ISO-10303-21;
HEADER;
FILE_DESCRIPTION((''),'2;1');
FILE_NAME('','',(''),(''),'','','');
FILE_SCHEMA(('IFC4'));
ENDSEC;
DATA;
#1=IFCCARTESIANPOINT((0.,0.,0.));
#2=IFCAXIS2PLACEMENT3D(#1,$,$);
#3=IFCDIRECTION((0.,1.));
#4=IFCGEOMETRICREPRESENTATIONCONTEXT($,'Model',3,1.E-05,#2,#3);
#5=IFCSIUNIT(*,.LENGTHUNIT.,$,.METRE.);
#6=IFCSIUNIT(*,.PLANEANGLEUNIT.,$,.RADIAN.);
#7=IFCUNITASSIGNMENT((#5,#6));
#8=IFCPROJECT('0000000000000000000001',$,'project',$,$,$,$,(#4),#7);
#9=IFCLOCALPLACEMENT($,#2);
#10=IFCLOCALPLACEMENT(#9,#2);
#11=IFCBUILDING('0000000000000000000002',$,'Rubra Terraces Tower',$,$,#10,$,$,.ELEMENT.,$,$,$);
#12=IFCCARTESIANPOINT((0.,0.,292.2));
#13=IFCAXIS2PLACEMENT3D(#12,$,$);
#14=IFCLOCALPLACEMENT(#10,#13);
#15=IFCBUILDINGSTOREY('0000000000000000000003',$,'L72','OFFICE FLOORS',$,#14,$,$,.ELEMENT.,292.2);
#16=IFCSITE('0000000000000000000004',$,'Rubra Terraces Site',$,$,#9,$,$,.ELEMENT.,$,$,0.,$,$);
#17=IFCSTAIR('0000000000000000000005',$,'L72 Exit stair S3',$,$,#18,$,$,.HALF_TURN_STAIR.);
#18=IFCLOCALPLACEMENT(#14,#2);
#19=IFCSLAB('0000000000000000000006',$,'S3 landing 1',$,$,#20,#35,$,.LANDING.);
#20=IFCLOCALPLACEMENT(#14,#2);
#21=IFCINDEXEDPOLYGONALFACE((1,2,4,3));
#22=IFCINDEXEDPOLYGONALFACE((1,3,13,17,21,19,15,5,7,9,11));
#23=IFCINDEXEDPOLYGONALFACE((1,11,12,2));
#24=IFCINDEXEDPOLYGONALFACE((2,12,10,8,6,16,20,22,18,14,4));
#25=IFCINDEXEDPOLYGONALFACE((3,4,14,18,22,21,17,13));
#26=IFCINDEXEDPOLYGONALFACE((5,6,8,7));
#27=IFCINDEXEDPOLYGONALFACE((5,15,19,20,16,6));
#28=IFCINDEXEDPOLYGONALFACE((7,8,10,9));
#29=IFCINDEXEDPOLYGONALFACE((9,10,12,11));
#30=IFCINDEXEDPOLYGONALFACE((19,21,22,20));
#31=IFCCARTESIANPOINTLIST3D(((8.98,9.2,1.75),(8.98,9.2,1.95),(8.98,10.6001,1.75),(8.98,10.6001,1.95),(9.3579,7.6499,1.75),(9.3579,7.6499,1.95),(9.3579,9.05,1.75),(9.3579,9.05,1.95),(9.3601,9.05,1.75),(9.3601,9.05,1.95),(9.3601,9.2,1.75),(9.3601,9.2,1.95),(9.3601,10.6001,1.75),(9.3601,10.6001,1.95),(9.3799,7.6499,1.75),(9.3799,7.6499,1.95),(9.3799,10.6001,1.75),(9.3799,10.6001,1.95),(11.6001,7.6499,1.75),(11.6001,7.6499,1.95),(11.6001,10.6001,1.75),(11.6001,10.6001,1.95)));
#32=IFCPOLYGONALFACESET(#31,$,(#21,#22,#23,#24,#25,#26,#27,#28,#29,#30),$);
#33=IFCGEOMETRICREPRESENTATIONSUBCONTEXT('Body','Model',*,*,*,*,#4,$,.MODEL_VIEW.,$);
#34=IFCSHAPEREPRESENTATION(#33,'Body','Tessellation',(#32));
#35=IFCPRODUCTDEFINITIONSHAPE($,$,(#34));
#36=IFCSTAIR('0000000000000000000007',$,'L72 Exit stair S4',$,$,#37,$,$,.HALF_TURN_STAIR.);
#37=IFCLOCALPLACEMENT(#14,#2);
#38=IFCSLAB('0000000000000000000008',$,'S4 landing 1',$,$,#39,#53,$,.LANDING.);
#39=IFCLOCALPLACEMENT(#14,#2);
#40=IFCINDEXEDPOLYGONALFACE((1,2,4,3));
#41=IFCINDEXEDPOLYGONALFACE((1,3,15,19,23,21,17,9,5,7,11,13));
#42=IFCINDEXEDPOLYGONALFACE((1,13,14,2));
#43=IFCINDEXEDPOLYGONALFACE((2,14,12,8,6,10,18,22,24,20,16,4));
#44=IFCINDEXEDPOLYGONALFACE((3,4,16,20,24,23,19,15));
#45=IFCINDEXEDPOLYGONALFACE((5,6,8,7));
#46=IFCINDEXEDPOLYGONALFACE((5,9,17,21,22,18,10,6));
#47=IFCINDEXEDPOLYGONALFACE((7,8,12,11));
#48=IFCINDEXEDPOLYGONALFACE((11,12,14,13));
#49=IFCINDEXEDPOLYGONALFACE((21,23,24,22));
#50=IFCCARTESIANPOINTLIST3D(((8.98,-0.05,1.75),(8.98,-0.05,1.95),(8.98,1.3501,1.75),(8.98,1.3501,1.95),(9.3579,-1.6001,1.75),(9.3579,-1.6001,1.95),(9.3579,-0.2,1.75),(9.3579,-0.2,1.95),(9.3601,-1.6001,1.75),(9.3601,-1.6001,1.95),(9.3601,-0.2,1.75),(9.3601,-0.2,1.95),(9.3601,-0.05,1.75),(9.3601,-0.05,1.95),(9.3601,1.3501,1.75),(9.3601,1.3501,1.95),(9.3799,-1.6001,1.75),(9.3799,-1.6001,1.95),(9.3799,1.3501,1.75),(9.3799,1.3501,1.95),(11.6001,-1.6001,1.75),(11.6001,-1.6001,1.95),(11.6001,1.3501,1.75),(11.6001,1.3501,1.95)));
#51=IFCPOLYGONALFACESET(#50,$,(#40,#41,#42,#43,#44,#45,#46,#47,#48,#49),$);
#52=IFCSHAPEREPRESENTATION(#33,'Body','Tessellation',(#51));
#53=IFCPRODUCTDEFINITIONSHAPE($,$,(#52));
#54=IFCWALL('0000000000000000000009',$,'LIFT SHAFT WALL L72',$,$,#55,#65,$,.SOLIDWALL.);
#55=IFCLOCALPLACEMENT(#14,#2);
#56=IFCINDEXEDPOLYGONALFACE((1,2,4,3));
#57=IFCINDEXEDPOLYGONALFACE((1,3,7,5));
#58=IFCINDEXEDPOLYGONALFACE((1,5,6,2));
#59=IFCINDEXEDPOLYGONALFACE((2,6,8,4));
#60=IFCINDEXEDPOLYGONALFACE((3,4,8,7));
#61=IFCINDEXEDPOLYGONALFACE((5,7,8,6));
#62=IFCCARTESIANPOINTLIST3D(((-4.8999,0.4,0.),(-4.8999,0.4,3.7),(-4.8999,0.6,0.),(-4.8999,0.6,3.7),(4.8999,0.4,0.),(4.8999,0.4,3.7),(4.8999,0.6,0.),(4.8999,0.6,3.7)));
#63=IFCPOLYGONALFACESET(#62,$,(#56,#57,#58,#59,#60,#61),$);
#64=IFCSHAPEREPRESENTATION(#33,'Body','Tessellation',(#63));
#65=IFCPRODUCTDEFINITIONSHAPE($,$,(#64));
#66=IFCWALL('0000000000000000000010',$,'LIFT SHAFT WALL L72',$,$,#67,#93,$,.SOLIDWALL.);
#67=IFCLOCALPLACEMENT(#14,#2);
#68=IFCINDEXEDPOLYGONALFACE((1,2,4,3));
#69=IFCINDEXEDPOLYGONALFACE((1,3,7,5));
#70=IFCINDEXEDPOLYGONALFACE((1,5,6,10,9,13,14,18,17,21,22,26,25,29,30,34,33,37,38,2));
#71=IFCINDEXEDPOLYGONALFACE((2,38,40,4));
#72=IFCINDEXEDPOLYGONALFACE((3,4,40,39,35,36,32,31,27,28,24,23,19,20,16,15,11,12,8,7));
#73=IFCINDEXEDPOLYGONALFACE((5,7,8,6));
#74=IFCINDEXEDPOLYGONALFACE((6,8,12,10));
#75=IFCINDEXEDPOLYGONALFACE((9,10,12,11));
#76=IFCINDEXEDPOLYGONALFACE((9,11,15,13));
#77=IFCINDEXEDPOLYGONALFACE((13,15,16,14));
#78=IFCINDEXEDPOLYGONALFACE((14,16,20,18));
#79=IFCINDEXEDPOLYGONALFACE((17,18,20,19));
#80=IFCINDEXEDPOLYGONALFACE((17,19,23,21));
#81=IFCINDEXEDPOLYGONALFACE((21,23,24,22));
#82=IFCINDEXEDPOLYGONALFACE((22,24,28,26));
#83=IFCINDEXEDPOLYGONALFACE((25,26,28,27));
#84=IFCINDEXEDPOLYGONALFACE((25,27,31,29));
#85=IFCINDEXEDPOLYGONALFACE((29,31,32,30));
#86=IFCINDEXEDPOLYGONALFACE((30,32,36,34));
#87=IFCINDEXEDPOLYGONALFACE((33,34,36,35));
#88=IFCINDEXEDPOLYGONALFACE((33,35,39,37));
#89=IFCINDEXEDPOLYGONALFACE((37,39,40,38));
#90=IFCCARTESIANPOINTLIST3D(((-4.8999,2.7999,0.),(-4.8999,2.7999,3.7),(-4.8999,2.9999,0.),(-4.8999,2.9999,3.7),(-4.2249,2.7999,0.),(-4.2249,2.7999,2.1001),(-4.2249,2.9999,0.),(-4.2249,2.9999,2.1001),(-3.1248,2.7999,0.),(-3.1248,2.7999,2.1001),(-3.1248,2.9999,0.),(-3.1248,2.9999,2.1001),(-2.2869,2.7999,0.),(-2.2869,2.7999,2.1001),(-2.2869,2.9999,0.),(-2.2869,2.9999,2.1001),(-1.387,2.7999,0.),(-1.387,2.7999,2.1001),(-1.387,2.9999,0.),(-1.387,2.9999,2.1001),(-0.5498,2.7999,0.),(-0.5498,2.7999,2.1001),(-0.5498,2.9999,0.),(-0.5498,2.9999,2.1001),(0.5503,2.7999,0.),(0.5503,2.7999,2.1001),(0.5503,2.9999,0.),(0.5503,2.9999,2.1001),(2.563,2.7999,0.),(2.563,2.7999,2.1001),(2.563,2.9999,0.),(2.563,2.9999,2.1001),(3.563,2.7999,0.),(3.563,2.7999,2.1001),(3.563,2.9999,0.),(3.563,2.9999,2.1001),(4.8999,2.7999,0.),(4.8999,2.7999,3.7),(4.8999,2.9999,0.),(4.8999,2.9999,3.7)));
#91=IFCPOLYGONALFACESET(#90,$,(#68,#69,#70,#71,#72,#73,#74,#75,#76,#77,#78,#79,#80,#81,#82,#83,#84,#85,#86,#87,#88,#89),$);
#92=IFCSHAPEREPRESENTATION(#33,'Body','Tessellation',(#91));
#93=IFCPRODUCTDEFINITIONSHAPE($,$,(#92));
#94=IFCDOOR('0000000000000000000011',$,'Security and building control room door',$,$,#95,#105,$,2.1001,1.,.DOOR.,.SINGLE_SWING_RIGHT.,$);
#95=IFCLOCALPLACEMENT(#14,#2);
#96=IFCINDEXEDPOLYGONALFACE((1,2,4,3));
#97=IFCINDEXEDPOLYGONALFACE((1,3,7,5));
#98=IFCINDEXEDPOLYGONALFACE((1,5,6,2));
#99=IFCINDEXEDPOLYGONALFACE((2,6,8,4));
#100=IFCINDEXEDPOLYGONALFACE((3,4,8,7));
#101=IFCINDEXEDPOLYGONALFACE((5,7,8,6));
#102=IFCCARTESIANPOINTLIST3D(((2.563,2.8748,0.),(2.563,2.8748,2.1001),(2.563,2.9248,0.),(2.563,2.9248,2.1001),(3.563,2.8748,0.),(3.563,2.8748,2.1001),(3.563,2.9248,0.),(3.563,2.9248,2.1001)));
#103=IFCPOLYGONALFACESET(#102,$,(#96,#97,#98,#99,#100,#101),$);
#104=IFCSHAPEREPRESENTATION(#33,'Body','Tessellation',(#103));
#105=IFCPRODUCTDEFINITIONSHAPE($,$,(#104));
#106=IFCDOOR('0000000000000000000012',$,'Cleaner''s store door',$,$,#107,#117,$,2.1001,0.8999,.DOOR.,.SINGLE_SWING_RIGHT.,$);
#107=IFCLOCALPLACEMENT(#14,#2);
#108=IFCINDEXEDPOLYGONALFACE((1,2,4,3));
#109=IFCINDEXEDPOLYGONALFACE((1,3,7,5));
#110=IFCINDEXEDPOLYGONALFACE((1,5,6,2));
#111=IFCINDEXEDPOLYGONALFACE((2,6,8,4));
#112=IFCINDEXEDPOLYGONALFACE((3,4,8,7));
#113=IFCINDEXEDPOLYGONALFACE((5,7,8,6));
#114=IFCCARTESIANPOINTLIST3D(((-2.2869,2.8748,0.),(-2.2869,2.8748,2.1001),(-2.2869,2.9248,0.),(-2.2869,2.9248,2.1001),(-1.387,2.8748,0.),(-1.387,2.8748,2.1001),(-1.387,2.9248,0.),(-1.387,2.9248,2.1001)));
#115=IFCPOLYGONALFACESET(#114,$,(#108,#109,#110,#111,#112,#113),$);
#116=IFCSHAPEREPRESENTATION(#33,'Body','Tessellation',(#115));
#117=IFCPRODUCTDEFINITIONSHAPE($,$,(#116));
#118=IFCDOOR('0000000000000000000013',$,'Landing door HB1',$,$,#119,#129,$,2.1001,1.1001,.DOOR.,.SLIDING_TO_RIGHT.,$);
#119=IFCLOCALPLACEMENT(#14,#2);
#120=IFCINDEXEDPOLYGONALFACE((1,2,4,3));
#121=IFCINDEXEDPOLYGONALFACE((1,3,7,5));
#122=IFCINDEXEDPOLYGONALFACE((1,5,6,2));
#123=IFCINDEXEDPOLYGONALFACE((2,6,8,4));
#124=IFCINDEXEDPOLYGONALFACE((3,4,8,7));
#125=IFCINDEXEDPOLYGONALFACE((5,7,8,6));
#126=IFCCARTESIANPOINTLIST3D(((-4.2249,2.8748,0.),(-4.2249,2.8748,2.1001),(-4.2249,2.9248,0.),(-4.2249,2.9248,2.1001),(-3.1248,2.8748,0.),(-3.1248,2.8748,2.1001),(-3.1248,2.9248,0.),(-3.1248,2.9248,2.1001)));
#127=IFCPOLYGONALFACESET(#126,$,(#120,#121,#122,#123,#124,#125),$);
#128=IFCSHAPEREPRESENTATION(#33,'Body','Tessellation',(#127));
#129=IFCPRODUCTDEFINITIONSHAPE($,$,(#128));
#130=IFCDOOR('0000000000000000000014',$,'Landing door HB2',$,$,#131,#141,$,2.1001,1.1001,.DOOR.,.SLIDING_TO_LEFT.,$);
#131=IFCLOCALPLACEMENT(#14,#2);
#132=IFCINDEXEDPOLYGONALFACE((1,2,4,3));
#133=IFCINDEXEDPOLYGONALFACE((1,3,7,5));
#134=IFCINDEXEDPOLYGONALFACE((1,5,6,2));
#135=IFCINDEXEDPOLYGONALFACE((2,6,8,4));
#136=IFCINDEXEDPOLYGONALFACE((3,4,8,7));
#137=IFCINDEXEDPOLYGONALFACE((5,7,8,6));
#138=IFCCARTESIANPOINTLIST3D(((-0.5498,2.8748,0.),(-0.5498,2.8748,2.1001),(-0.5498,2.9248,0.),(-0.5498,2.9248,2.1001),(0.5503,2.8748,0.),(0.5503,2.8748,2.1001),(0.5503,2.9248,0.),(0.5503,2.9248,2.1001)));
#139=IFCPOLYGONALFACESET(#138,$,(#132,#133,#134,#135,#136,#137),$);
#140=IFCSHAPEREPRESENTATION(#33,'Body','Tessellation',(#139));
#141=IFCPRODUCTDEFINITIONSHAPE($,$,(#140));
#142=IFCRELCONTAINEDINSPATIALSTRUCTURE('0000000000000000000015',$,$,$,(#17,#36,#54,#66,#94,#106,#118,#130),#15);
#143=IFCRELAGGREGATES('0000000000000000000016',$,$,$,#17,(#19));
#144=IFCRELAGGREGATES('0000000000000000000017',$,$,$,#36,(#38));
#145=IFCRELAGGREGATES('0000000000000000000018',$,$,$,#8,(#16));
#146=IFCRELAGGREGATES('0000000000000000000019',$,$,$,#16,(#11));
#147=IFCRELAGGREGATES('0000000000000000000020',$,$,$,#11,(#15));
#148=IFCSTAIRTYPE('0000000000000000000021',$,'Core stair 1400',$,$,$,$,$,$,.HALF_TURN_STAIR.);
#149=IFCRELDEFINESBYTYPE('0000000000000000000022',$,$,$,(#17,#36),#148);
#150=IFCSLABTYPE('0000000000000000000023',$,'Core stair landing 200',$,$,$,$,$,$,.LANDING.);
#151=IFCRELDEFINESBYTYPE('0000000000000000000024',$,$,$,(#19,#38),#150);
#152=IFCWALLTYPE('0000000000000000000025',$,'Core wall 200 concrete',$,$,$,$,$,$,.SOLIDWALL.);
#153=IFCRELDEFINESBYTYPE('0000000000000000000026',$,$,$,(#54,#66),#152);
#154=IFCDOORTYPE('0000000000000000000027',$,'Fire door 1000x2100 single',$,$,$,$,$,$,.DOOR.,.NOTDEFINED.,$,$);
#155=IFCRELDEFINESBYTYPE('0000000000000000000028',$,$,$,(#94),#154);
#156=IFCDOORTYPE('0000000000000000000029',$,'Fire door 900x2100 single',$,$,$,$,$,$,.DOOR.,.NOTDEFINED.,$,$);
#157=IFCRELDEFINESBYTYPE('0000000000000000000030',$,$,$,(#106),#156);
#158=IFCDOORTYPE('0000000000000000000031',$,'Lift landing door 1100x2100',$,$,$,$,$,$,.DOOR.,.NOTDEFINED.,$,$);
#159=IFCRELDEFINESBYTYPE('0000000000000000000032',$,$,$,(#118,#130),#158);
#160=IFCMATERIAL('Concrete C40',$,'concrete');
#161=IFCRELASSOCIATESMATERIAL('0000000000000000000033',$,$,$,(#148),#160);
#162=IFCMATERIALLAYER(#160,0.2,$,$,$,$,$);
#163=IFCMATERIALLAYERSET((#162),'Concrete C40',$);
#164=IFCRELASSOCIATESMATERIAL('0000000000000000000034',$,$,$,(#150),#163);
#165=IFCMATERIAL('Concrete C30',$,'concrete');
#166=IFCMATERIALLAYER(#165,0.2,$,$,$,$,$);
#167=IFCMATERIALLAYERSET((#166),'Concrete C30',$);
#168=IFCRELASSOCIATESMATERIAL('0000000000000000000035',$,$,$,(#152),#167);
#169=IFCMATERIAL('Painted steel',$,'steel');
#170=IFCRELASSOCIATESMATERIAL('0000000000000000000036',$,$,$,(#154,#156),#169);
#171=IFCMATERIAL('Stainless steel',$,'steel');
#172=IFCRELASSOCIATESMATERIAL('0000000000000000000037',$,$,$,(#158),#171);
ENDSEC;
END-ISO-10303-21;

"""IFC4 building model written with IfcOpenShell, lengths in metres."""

from ifc_helpers import new_model, si_unit, direction, frame, frame_2d, origin, place, context, subcontext, project, spatial, polyline, rectangle, outline, extrude, material, layer, layer_set, type_object, element, fill, aggregate, save


model = new_model("IFC4")

# Units and contexts
model_context = context("Model", 3, precision=1e-05, world=origin(), true_north=direction((0.0, 1.0)))
body_context = subcontext(model_context, "Body", "Model", "MODEL_VIEW")
ifc_project = project(units=[si_unit("LENGTHUNIT", "METRE"), si_unit("PLANEANGLEUNIT", "RADIAN")], contexts=[model_context])

# Site, building, storey
site_placement = place(None, origin())
site = spatial("IfcSite", under=ifc_project, at=site_placement, Name="Rubra Terraces Site", CompositionType="ELEMENT", RefElevation=0.0)
building_placement = place(site_placement, origin())
building = spatial("IfcBuilding", under=site, at=building_placement, Name="Rubra Terraces Tower", CompositionType="ELEMENT")
storey_placement = place(building_placement, frame((0.0, 0.0, 292.2)))
storey = spatial("IfcBuildingStorey", under=building, at=storey_placement, Name="L72", Description="OFFICE FLOORS", CompositionType="ELEMENT", Elevation=292.2)

# Stairs, slabs
ifc_material_1 = material(Name="Concrete C40", Category="concrete")
stair_type = type_object("IfcStairType", Name="Core stair 1400", PredefinedType="HALF_TURN_STAIR", material=ifc_material_1)
stair_1_placement = place(storey_placement, origin())
stair_1 = element("IfcStair", 1, at=stair_1_placement, inside=storey, type_object=stair_type, Name="L72 Exit stair S3", PredefinedType="HALF_TURN_STAIR")
ifc_layer_1 = layer(ifc_material_1, 0.2)
ifc_layer_set_1 = layer_set([ifc_layer_1], Name="Concrete C40")
slab_type = type_object("IfcSlabType", Name="Core stair landing 200", PredefinedType="LANDING", material=ifc_layer_set_1)
slab_1_placement = place(storey_placement, frame((0.0, 0.0, 1.75)))
slab_1 = element("IfcSlab", 2, at=slab_1_placement, type_object=slab_type, Name="S3 landing 1", PredefinedType="LANDING", context=body_context, shape_type="SweptSolid", body=[
    extrude(outline(polyline([(9.3601, 9.05), (9.3601, 9.2), (8.98, 9.2), (8.98, 10.6001), (9.3601, 10.6001), (9.3799, 10.6001), (11.6001, 10.6001), (11.6001, 7.6499), (9.3799, 7.6499), (9.3579, 7.6499), (9.3579, 9.05), (9.3601, 9.05)])), origin(), (0.0, 0.0, 1.0), 0.2),
])
aggregate(stair_1, [slab_1])
stair_2_placement = place(storey_placement, origin())
stair_2 = element("IfcStair", 3, at=stair_2_placement, inside=storey, type_object=stair_type, Name="L72 Exit stair S4", PredefinedType="HALF_TURN_STAIR")
slab_2_placement = place(storey_placement, frame((0.0, 0.0, 1.75)))
slab_2 = element("IfcSlab", 4, at=slab_2_placement, type_object=slab_type, Name="S4 landing 1", PredefinedType="LANDING", context=body_context, shape_type="SweptSolid", body=[
    extrude(outline(polyline([(9.3601, -0.2), (9.3601, -0.05), (8.98, -0.05), (8.98, 1.3501), (9.3601, 1.3501), (9.3799, 1.3501), (11.6001, 1.3501), (11.6001, -1.6001), (9.3799, -1.6001), (9.3601, -1.6001), (9.3579, -1.6001), (9.3579, -0.2), (9.3601, -0.2)])), origin(), (0.0, 0.0, 1.0), 0.2),
])
aggregate(stair_2, [slab_2])

# Wall
ifc_material_2 = material(Name="Concrete C30", Category="concrete")
ifc_layer_2 = layer(ifc_material_2, 0.2)
ifc_layer_set_2 = layer_set([ifc_layer_2], Name="Concrete C30")
wall_type = type_object("IfcWallType", Name="Core wall 200 concrete", PredefinedType="SOLIDWALL", material=ifc_layer_set_2)
wall_1_placement = place(storey_placement, frame((-4.8999, 0.5, 0.0), z_axis=(0.0, 0.0, 1.0), x_axis=(1.0, 0.0, 0.0)))
element("IfcWall", 5, at=wall_1_placement, inside=storey, type_object=wall_type, Name="LIFT SHAFT WALL L72", PredefinedType="SOLIDWALL", context=body_context, shape_type="SweptSolid", body=[
    extrude(rectangle(XDim=9.7998, YDim=0.2, at=frame_2d((4.8999, 0.0))), origin(), (0.0, 0.0, 1.0), 3.7),
])

# Wall, openings, doors
wall_2_placement = place(storey_placement, frame((-4.8999, 2.8999, 0.0), z_axis=(0.0, 0.0, 1.0), x_axis=(1.0, 0.0, 0.0)))
wall_2 = element("IfcWall", 6, at=wall_2_placement, inside=storey, type_object=wall_type, Name="LIFT SHAFT WALL L72", PredefinedType="SOLIDWALL", context=body_context, shape_type="SweptSolid", body=[
    extrude(rectangle(XDim=9.7998, YDim=0.2, at=frame_2d((4.8999, 0.0))), origin(), (0.0, 0.0, 1.0), 3.7),
])
opening_1_placement = place(wall_2_placement, frame((0.675, 0.0, 0.0)))
opening_1 = element("IfcOpeningElement", 7, at=opening_1_placement, cuts=wall_2, PredefinedType="OPENING", context=body_context, shape_type="SweptSolid", body=[
    extrude(rectangle(XDim=1.1001, YDim=2.1001, at=frame_2d((0.55, 1.05))), frame((0.0, 0.1099, 0.0), z_axis=(0.0, -1.0, 0.0), x_axis=(1.0, 0.0, 0.0)), (0.0, 0.0, 1.0), 0.22),
])
opening_2_placement = place(wall_2_placement, frame((2.613, 0.0, 0.0)))
opening_2 = element("IfcOpeningElement", 8, at=opening_2_placement, cuts=wall_2, PredefinedType="OPENING", context=body_context, shape_type="SweptSolid", body=[
    extrude(rectangle(XDim=0.8999, YDim=2.1001, at=frame_2d((0.45, 1.05))), frame((0.0, 0.1099, 0.0), z_axis=(0.0, -1.0, 0.0), x_axis=(1.0, 0.0, 0.0)), (0.0, 0.0, 1.0), 0.22),
])
opening_3_placement = place(wall_2_placement, frame((4.3501, 0.0, 0.0)))
opening_3 = element("IfcOpeningElement", 9, at=opening_3_placement, cuts=wall_2, PredefinedType="OPENING", context=body_context, shape_type="SweptSolid", body=[
    extrude(rectangle(XDim=1.1001, YDim=2.1001, at=frame_2d((0.55, 1.05))), frame((0.0, 0.1099, 0.0), z_axis=(0.0, -1.0, 0.0), x_axis=(1.0, 0.0, 0.0)), (0.0, 0.0, 1.0), 0.22),
])
opening_4_placement = place(wall_2_placement, frame((7.4629, 0.0, 0.0)))
opening_4 = element("IfcOpeningElement", 10, at=opening_4_placement, cuts=wall_2, PredefinedType="OPENING", context=body_context, shape_type="SweptSolid", body=[
    extrude(rectangle(XDim=1.0, YDim=2.1001, at=frame_2d((0.5, 1.05))), frame((0.0, 0.1099, 0.0), z_axis=(0.0, -1.0, 0.0), x_axis=(1.0, 0.0, 0.0)), (0.0, 0.0, 1.0), 0.22),
])
ifc_material_3 = material(Name="Painted steel", Category="steel")
door_type_1 = type_object("IfcDoorType", Name="Fire door 1000x2100 single", OperationType="NOTDEFINED", PredefinedType="DOOR", material=ifc_material_3)
door_1_placement = place(opening_4_placement, origin())
door_1 = element("IfcDoor", 11, at=door_1_placement, inside=storey, type_object=door_type_1, Name="Security and building control room door", OperationType="SINGLE_SWING_RIGHT", OverallHeight=2.1001, OverallWidth=1.0, PredefinedType="DOOR", context=body_context, shape_type="SweptSolid", body=[
    extrude(rectangle(XDim=1.0, YDim=2.1001, at=frame_2d((0.5, 1.05))), frame((0.0, 0.0249, 0.0), z_axis=(0.0, -1.0, 0.0), x_axis=(1.0, 0.0, 0.0)), (0.0, 0.0, 1.0), 0.05),
])
fill(opening_4, door_1)
door_type_2 = type_object("IfcDoorType", Name="Fire door 900x2100 single", OperationType="NOTDEFINED", PredefinedType="DOOR", material=ifc_material_3)
door_2_placement = place(opening_2_placement, origin())
door_2 = element("IfcDoor", 12, at=door_2_placement, inside=storey, type_object=door_type_2, Name="Cleaner's store door", OperationType="SINGLE_SWING_RIGHT", OverallHeight=2.1001, OverallWidth=0.8999, PredefinedType="DOOR", context=body_context, shape_type="SweptSolid", body=[
    extrude(rectangle(XDim=0.8999, YDim=2.1001, at=frame_2d((0.45, 1.05))), frame((0.0, 0.0249, 0.0), z_axis=(0.0, -1.0, 0.0), x_axis=(1.0, 0.0, 0.0)), (0.0, 0.0, 1.0), 0.05),
])
fill(opening_2, door_2)
ifc_material_4 = material(Name="Stainless steel", Category="steel")
door_type_3 = type_object("IfcDoorType", Name="Lift landing door 1100x2100", OperationType="NOTDEFINED", PredefinedType="DOOR", material=ifc_material_4)
door_3_placement = place(opening_1_placement, origin())
door_3 = element("IfcDoor", 13, at=door_3_placement, inside=storey, type_object=door_type_3, Name="Landing door HB1", OperationType="SLIDING_TO_RIGHT", OverallHeight=2.1001, OverallWidth=1.1001, PredefinedType="DOOR", context=body_context, shape_type="SweptSolid", body=[
    extrude(rectangle(XDim=1.1001, YDim=2.1001, at=frame_2d((0.55, 1.05))), frame((0.0, 0.0249, 0.0), z_axis=(0.0, -1.0, 0.0), x_axis=(1.0, 0.0, 0.0)), (0.0, 0.0, 1.0), 0.05),
])
fill(opening_1, door_3)
door_4_placement = place(opening_3_placement, origin())
door_4 = element("IfcDoor", 14, at=door_4_placement, inside=storey, type_object=door_type_3, Name="Landing door HB2", OperationType="SLIDING_TO_LEFT", OverallHeight=2.1001, OverallWidth=1.1001, PredefinedType="DOOR", context=body_context, shape_type="SweptSolid", body=[
    extrude(rectangle(XDim=1.1001, YDim=2.1001, at=frame_2d((0.55, 1.05))), frame((0.0, 0.0249, 0.0), z_axis=(0.0, -1.0, 0.0), x_axis=(1.0, 0.0, 0.0)), (0.0, 0.0, 1.0), 0.05),
])
fill(opening_3, door_4)

save(model, "model.ifc")
